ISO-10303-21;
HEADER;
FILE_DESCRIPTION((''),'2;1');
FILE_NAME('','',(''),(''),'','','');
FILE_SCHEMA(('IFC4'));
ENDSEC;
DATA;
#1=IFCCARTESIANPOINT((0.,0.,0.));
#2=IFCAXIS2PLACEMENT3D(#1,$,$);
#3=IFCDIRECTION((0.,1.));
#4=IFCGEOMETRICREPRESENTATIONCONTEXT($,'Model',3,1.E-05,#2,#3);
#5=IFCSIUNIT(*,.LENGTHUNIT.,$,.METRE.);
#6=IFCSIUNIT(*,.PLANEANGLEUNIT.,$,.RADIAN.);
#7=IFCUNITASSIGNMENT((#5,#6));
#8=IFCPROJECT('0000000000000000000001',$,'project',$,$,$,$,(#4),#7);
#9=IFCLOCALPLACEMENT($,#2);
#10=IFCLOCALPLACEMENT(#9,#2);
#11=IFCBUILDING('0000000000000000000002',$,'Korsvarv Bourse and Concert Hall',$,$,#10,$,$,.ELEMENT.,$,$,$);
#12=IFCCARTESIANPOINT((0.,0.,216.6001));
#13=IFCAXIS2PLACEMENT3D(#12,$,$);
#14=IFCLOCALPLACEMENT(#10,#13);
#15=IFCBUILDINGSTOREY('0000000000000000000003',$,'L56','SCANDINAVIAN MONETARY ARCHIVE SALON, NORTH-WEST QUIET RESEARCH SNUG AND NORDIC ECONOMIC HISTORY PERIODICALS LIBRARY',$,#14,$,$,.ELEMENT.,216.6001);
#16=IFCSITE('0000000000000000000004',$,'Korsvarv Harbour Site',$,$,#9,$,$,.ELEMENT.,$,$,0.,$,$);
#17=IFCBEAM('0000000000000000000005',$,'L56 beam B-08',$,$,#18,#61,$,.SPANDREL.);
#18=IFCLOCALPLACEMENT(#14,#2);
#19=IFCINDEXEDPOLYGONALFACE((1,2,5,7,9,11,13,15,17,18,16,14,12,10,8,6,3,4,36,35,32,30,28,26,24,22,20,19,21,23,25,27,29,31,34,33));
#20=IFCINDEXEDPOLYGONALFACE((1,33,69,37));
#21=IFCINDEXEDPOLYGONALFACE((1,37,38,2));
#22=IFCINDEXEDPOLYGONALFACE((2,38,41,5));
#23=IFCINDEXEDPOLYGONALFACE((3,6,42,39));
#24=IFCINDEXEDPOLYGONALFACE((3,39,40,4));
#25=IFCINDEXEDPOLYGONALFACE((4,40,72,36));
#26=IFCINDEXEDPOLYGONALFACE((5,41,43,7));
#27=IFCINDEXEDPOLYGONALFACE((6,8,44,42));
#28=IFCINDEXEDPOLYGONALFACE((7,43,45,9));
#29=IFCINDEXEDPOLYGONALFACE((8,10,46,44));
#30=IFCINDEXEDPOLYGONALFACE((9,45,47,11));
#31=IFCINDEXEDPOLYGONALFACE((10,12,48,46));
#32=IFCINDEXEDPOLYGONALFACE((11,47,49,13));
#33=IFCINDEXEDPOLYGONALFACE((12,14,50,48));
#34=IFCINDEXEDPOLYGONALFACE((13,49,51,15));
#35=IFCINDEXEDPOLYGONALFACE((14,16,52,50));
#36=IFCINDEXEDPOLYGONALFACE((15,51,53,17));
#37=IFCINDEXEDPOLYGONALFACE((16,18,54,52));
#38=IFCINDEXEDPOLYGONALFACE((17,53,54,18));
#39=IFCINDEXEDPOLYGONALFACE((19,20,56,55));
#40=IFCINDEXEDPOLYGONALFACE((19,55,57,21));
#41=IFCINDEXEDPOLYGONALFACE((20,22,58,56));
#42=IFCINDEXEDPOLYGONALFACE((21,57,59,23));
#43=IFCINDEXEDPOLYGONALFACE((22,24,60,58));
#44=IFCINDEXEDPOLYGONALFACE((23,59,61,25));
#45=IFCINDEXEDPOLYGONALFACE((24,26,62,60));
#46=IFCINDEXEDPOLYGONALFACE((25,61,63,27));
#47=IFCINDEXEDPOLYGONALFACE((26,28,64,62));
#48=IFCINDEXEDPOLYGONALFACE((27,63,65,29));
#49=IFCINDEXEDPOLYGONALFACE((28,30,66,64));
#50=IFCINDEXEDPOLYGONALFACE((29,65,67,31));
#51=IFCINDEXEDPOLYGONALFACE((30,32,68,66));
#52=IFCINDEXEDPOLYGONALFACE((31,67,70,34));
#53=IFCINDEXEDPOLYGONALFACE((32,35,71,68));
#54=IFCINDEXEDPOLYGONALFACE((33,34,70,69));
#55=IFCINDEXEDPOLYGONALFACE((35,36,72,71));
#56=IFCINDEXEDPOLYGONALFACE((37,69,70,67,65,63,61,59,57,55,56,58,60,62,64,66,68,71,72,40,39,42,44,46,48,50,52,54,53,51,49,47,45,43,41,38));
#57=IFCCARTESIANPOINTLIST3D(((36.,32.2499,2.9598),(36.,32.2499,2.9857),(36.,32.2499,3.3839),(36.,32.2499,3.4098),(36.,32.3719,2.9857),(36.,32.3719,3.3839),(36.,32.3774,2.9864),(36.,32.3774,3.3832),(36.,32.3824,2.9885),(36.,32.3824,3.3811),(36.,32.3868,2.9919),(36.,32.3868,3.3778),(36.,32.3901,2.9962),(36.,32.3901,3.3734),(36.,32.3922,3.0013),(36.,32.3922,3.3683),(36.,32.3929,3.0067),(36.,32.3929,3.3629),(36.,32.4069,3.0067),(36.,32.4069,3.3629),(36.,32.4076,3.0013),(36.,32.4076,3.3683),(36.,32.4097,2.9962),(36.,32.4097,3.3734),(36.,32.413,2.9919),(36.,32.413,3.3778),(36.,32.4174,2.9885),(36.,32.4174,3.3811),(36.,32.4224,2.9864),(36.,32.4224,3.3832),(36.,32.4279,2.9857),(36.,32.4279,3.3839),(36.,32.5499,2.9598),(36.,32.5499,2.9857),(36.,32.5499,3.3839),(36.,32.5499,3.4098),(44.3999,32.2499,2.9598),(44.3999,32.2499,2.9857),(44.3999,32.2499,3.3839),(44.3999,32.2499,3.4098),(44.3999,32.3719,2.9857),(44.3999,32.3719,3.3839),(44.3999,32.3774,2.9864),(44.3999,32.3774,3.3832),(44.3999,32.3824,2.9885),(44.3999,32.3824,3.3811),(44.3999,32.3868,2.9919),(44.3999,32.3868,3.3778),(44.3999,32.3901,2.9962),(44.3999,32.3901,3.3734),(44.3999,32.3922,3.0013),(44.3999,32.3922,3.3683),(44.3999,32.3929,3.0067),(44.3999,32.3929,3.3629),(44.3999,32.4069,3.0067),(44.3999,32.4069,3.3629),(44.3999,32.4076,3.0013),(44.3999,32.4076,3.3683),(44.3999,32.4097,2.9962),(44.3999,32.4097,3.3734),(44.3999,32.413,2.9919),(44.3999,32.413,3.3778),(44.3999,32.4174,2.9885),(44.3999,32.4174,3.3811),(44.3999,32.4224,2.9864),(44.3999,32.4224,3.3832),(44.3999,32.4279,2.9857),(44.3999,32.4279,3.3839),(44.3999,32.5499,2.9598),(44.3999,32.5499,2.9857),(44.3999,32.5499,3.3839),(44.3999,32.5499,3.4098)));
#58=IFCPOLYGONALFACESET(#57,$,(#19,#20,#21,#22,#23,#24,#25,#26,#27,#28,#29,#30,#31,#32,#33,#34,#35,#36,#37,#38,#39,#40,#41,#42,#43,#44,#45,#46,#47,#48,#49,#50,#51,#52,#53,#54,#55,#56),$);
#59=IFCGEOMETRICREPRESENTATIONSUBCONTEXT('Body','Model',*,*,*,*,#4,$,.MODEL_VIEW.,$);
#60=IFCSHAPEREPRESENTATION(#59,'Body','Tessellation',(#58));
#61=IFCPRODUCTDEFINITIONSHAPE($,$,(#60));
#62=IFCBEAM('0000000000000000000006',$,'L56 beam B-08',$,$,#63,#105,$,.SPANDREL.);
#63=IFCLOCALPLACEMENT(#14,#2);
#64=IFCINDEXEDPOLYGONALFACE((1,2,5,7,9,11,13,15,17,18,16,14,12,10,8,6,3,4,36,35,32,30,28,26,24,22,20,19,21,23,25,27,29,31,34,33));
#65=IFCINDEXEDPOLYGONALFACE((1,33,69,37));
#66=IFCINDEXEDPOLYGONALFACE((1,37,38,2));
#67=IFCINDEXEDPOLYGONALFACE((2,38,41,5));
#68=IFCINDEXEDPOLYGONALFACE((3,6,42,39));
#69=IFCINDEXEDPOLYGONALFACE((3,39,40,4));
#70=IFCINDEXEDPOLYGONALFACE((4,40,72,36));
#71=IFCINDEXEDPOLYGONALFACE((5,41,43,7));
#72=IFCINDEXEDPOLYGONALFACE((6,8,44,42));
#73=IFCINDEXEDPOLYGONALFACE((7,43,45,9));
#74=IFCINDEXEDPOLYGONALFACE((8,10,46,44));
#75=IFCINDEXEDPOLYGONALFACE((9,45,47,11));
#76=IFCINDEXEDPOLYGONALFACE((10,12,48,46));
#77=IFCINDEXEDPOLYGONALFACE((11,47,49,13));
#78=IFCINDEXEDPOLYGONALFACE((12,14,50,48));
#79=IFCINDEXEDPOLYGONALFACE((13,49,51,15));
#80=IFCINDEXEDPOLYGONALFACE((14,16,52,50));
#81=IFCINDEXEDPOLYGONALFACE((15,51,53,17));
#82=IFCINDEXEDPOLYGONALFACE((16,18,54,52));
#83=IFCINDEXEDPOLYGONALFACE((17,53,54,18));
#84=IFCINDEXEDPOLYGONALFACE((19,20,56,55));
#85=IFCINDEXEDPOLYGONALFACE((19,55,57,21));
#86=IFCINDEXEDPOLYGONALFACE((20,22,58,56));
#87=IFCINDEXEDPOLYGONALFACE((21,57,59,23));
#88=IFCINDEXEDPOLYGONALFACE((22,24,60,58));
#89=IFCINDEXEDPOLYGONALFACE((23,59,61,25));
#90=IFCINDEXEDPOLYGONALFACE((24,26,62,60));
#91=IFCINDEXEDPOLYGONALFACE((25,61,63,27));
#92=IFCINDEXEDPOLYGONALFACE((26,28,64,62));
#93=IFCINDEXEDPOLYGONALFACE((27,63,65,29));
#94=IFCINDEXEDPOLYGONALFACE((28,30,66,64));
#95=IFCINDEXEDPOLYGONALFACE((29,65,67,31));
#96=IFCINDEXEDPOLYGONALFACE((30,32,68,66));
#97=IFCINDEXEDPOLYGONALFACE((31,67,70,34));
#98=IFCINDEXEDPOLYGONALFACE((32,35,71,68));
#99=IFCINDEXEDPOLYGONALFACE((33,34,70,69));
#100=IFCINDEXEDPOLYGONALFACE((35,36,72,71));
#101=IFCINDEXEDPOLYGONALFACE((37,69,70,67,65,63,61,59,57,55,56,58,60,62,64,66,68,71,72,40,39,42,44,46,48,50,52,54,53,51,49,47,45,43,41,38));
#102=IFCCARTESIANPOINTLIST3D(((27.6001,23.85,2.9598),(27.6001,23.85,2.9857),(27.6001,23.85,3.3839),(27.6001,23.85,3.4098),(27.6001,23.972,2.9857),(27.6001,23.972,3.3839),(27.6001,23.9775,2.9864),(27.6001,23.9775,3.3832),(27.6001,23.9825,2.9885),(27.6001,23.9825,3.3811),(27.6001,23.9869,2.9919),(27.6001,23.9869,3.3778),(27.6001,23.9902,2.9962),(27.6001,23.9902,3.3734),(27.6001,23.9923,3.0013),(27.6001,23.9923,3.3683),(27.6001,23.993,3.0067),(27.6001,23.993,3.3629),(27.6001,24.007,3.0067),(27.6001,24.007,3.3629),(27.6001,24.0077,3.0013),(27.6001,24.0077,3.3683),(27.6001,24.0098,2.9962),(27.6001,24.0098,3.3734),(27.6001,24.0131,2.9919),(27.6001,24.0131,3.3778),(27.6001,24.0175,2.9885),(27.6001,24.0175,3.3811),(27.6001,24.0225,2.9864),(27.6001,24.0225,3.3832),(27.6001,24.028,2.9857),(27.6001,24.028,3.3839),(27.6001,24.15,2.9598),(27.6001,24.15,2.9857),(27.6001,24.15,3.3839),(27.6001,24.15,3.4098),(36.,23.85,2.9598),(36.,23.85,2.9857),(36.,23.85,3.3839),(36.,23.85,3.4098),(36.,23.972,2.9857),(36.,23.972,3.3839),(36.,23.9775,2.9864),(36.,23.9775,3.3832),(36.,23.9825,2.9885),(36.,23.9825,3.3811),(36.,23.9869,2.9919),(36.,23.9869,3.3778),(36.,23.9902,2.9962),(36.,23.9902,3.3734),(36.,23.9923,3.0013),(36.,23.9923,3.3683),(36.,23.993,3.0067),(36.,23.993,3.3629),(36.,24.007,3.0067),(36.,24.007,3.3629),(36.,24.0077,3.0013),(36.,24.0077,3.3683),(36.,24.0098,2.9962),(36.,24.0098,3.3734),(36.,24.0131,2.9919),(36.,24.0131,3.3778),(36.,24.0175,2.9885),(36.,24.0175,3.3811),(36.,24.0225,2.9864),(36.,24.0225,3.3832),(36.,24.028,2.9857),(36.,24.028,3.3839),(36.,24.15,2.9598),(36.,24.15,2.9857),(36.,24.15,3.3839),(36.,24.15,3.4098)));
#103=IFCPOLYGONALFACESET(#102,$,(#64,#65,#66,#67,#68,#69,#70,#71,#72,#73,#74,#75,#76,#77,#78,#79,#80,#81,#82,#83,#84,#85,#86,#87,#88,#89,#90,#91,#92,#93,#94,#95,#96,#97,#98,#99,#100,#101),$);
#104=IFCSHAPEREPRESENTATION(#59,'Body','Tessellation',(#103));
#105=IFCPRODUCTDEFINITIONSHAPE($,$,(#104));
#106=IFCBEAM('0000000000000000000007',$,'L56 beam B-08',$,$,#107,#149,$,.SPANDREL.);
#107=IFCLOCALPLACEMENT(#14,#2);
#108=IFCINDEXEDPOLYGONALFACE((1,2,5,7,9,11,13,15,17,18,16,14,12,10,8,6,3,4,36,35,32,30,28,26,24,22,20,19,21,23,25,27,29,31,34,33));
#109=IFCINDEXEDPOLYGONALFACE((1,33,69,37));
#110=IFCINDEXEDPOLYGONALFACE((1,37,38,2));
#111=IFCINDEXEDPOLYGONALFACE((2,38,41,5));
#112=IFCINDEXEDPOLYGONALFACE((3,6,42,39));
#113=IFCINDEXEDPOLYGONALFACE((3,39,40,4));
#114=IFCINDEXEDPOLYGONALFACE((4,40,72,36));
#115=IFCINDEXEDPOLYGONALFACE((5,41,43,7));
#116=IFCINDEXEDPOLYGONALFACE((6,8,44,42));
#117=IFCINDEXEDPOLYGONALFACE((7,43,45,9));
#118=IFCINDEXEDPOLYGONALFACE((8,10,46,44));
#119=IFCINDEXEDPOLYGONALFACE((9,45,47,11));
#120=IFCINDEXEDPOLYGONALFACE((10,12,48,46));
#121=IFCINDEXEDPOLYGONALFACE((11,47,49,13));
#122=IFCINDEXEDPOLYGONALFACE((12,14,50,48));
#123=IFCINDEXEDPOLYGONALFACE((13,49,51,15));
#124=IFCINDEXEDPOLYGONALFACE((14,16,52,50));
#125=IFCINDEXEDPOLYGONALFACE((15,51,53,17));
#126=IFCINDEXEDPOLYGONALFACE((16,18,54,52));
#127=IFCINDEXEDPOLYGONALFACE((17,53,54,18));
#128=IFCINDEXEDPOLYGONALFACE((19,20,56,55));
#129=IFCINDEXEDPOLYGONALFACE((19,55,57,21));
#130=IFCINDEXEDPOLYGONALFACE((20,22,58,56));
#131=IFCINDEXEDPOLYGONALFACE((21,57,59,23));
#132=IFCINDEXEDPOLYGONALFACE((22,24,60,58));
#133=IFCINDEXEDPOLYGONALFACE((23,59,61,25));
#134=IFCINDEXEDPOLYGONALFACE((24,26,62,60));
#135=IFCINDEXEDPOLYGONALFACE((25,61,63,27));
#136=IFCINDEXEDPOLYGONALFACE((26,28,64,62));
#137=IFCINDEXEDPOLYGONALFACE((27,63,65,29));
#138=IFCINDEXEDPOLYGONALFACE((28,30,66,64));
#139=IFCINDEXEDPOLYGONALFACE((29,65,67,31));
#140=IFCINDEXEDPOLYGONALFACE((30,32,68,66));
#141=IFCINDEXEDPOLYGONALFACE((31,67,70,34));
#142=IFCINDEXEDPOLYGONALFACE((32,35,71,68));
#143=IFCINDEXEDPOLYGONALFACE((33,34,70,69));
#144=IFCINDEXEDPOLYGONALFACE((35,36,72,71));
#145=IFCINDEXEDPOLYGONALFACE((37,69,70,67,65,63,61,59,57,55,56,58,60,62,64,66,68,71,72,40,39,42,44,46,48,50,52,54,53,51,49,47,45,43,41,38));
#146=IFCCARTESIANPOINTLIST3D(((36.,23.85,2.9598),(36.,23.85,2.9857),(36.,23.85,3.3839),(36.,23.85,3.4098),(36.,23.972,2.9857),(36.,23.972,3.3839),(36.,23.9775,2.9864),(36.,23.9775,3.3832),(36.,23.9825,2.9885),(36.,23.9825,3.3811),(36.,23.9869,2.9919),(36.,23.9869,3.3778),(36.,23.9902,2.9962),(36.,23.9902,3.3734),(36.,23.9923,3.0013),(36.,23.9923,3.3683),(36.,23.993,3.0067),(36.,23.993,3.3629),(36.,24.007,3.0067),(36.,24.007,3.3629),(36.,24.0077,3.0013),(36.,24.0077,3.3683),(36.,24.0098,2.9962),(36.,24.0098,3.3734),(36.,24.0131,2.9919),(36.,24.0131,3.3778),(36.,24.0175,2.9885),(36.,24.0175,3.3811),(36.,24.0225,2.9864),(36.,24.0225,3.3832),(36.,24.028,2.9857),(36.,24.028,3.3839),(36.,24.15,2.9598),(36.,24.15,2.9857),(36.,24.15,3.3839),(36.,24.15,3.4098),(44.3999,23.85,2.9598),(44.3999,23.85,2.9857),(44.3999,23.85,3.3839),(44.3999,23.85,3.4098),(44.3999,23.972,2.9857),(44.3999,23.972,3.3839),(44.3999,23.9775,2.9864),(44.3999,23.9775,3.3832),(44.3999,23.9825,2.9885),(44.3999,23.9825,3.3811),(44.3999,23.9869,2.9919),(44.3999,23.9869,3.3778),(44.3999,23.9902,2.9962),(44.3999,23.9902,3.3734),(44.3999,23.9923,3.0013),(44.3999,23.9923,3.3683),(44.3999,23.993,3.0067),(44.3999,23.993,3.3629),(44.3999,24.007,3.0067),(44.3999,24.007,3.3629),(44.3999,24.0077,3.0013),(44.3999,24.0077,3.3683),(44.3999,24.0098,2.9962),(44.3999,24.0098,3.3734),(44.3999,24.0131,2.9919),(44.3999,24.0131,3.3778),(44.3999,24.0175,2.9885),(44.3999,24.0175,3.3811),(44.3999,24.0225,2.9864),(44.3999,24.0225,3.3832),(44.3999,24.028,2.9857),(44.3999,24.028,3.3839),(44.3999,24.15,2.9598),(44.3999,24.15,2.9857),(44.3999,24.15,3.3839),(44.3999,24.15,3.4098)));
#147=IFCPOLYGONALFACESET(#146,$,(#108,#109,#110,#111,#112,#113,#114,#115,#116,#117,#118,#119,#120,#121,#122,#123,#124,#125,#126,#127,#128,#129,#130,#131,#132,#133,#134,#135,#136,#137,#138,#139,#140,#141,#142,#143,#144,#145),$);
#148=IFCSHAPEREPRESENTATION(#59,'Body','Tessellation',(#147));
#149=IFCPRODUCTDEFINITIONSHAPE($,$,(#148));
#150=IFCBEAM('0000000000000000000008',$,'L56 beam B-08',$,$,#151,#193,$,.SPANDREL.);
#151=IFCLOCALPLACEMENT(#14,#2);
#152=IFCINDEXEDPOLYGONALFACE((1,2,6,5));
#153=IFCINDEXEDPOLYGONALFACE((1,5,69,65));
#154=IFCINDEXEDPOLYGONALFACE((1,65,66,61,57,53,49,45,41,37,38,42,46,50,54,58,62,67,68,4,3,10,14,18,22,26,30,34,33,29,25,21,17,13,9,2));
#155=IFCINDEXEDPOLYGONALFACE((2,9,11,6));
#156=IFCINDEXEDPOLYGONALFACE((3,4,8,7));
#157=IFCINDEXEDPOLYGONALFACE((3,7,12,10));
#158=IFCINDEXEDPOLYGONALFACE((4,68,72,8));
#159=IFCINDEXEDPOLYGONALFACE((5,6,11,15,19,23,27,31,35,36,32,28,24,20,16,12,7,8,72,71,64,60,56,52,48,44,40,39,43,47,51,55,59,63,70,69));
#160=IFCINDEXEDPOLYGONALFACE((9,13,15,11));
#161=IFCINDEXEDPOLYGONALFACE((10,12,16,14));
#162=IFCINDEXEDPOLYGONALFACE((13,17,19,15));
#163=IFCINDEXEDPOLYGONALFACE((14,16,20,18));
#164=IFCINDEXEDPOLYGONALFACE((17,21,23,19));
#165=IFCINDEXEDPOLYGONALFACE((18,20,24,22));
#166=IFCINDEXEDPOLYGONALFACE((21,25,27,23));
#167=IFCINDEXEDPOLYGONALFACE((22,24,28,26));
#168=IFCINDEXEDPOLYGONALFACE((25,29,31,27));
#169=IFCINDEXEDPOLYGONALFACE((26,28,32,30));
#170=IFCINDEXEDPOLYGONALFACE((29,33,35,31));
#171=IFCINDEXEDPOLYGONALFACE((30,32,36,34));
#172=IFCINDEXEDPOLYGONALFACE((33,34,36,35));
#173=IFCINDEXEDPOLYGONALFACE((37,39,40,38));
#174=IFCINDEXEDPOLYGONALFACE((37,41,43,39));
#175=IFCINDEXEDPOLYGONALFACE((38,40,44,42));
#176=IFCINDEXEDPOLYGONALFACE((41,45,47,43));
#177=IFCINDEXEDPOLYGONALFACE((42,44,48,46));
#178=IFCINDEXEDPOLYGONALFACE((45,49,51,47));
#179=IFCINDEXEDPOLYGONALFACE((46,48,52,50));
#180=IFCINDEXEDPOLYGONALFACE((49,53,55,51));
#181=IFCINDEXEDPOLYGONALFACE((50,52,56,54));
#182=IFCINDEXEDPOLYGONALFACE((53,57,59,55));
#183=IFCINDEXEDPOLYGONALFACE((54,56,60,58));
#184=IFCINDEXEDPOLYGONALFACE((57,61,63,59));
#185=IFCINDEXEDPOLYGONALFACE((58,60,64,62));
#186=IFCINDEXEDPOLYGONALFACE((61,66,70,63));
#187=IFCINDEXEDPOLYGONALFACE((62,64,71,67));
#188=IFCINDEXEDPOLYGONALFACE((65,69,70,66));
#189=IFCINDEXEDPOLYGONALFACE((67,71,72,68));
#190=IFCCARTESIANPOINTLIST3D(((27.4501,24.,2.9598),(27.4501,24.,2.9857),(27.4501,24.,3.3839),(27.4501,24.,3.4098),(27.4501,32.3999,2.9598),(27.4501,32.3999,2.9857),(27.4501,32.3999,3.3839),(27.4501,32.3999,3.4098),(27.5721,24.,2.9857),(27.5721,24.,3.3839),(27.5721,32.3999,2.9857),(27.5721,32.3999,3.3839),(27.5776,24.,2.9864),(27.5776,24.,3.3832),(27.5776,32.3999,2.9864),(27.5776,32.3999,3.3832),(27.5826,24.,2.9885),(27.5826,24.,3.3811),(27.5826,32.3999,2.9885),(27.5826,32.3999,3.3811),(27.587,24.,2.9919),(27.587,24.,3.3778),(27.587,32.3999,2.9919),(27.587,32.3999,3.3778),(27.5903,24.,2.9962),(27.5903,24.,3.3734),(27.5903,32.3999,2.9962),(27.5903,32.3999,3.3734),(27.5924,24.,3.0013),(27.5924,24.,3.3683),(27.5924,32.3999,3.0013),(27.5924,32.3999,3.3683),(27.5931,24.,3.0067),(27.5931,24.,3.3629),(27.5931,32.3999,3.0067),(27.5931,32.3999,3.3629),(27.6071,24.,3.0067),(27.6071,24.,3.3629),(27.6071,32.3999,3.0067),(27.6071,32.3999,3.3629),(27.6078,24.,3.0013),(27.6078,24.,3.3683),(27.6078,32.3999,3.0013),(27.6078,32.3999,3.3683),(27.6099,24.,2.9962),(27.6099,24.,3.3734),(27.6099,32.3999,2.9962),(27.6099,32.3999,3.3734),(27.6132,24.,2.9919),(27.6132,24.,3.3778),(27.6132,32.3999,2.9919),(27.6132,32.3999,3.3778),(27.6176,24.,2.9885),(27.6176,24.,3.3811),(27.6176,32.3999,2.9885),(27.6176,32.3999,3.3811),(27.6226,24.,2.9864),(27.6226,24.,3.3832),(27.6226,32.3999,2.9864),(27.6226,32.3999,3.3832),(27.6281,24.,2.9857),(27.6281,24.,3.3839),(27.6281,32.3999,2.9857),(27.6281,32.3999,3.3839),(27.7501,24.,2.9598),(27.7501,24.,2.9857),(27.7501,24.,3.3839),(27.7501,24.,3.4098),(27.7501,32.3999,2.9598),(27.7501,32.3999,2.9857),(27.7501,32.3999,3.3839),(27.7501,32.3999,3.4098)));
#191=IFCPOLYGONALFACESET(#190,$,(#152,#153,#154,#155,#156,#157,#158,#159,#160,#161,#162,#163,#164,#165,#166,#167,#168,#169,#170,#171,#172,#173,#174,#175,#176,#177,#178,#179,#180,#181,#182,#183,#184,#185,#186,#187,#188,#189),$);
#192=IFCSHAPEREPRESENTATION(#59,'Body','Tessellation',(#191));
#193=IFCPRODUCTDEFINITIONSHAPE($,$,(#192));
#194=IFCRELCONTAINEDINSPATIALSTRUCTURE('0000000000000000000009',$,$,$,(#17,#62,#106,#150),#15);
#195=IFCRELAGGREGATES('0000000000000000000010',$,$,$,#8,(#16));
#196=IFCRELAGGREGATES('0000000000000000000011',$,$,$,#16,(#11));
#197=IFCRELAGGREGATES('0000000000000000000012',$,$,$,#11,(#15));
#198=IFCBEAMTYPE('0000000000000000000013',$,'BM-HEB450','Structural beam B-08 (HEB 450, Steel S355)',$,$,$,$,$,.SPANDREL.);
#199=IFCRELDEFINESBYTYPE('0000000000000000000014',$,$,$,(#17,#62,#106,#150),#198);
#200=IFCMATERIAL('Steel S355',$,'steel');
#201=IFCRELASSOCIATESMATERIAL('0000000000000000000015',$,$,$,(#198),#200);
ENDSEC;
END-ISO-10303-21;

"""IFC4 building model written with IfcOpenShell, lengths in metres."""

from ifc_helpers import new_model, si_unit, direction, frame, origin, origin_2d, place, context, subcontext, project, spatial, i_section, extrude, source, transform, mapped, material, material_profile, profile_set, type_object, element, save


model = new_model("IFC4")

# Units and contexts
model_context = context("Model", 3, precision=1e-05, world=origin(), true_north=direction((0.0, 1.0)))
body_context = subcontext(model_context, "Body", "Model", "MODEL_VIEW")
ifc_project = project(units=[si_unit("LENGTHUNIT", "METRE"), si_unit("PLANEANGLEUNIT", "RADIAN")], contexts=[model_context])

# Site, building, storey
site_placement = place(None, origin())
site = spatial("IfcSite", under=ifc_project, at=site_placement, Name="Korsvarv Harbour Site", CompositionType="ELEMENT", RefElevation=0.0)
building_placement = place(site_placement, origin())
building = spatial("IfcBuilding", under=site, at=building_placement, Name="Korsvarv Bourse and Concert Hall", CompositionType="ELEMENT")
storey_placement = place(building_placement, frame((0.0, 0.0, 216.6001)))
storey = spatial("IfcBuildingStorey", under=building, at=storey_placement, Name="L56", Description="SCANDINAVIAN MONETARY ARCHIVE SALON, NORTH-WEST QUIET RESEARCH SNUG AND NORDIC ECONOMIC HISTORY PERIODICALS LIBRARY", CompositionType="ELEMENT", Elevation=216.6001)

# Shared definitions
ifc_material_1 = material(Name="Steel S355", Category="steel")

# Beams
ifc_material_profile_1 = material_profile(ifc_material_1, i_section(OverallWidth=0.3, OverallDepth=0.45, WebThickness=0.0139, FlangeThickness=0.0259, FilletRadius=0.021, at=origin_2d()), Name="HEB 450")
ifc_profile_set_1 = profile_set([ifc_material_profile_1], Name="Steel S355")
beam_type_1 = type_object("IfcBeamType", Name="BM-HEB450", Description="Structural beam B-08 (HEB 450, Steel S355)", PredefinedType="SPANDREL", material=ifc_profile_set_1)
shared_shape_1 = source(origin(), body_context, "Body", "SweptSolid", [
    extrude(i_section(OverallWidth=0.3, OverallDepth=0.45, WebThickness=0.0139, FlangeThickness=0.0259, FilletRadius=0.021, at=origin_2d()), origin(), (0.0, 0.0, 1.0), 8.3999),
])
for number, where, z_axis, x_axis, name in (
    (1, (36.0, 32.3999, 3.1848), (1.0, 0.0, 0.0), (0.0, 1.0, 0.0), "L56 beam B-08"),
    (2, (27.6001, 24.0, 3.1848), (1.0, 0.0, 0.0), (0.0, 1.0, 0.0), "L56 beam B-08"),
    (3, (36.0, 24.0, 3.1848), (1.0, 0.0, 0.0), (0.0, 1.0, 0.0), "L56 beam B-08"),
    (4, (27.6001, 24.0, 3.1848), (0.0, 1.0, 0.0), (-1.0, 0.0, 0.0), "L56 beam B-08"),
):
    element("IfcBeam", number, at=place(storey_placement, frame(where, z_axis=z_axis, x_axis=x_axis)), inside=storey, type_object=beam_type_1, Name=name, PredefinedType="SPANDREL", context=body_context, shape_type="MappedRepresentation", body=[
        mapped(shared_shape_1, transform((0.0, 0.0, 0.0), scale=1.0)),
    ])

save(model, "model.ifc")
